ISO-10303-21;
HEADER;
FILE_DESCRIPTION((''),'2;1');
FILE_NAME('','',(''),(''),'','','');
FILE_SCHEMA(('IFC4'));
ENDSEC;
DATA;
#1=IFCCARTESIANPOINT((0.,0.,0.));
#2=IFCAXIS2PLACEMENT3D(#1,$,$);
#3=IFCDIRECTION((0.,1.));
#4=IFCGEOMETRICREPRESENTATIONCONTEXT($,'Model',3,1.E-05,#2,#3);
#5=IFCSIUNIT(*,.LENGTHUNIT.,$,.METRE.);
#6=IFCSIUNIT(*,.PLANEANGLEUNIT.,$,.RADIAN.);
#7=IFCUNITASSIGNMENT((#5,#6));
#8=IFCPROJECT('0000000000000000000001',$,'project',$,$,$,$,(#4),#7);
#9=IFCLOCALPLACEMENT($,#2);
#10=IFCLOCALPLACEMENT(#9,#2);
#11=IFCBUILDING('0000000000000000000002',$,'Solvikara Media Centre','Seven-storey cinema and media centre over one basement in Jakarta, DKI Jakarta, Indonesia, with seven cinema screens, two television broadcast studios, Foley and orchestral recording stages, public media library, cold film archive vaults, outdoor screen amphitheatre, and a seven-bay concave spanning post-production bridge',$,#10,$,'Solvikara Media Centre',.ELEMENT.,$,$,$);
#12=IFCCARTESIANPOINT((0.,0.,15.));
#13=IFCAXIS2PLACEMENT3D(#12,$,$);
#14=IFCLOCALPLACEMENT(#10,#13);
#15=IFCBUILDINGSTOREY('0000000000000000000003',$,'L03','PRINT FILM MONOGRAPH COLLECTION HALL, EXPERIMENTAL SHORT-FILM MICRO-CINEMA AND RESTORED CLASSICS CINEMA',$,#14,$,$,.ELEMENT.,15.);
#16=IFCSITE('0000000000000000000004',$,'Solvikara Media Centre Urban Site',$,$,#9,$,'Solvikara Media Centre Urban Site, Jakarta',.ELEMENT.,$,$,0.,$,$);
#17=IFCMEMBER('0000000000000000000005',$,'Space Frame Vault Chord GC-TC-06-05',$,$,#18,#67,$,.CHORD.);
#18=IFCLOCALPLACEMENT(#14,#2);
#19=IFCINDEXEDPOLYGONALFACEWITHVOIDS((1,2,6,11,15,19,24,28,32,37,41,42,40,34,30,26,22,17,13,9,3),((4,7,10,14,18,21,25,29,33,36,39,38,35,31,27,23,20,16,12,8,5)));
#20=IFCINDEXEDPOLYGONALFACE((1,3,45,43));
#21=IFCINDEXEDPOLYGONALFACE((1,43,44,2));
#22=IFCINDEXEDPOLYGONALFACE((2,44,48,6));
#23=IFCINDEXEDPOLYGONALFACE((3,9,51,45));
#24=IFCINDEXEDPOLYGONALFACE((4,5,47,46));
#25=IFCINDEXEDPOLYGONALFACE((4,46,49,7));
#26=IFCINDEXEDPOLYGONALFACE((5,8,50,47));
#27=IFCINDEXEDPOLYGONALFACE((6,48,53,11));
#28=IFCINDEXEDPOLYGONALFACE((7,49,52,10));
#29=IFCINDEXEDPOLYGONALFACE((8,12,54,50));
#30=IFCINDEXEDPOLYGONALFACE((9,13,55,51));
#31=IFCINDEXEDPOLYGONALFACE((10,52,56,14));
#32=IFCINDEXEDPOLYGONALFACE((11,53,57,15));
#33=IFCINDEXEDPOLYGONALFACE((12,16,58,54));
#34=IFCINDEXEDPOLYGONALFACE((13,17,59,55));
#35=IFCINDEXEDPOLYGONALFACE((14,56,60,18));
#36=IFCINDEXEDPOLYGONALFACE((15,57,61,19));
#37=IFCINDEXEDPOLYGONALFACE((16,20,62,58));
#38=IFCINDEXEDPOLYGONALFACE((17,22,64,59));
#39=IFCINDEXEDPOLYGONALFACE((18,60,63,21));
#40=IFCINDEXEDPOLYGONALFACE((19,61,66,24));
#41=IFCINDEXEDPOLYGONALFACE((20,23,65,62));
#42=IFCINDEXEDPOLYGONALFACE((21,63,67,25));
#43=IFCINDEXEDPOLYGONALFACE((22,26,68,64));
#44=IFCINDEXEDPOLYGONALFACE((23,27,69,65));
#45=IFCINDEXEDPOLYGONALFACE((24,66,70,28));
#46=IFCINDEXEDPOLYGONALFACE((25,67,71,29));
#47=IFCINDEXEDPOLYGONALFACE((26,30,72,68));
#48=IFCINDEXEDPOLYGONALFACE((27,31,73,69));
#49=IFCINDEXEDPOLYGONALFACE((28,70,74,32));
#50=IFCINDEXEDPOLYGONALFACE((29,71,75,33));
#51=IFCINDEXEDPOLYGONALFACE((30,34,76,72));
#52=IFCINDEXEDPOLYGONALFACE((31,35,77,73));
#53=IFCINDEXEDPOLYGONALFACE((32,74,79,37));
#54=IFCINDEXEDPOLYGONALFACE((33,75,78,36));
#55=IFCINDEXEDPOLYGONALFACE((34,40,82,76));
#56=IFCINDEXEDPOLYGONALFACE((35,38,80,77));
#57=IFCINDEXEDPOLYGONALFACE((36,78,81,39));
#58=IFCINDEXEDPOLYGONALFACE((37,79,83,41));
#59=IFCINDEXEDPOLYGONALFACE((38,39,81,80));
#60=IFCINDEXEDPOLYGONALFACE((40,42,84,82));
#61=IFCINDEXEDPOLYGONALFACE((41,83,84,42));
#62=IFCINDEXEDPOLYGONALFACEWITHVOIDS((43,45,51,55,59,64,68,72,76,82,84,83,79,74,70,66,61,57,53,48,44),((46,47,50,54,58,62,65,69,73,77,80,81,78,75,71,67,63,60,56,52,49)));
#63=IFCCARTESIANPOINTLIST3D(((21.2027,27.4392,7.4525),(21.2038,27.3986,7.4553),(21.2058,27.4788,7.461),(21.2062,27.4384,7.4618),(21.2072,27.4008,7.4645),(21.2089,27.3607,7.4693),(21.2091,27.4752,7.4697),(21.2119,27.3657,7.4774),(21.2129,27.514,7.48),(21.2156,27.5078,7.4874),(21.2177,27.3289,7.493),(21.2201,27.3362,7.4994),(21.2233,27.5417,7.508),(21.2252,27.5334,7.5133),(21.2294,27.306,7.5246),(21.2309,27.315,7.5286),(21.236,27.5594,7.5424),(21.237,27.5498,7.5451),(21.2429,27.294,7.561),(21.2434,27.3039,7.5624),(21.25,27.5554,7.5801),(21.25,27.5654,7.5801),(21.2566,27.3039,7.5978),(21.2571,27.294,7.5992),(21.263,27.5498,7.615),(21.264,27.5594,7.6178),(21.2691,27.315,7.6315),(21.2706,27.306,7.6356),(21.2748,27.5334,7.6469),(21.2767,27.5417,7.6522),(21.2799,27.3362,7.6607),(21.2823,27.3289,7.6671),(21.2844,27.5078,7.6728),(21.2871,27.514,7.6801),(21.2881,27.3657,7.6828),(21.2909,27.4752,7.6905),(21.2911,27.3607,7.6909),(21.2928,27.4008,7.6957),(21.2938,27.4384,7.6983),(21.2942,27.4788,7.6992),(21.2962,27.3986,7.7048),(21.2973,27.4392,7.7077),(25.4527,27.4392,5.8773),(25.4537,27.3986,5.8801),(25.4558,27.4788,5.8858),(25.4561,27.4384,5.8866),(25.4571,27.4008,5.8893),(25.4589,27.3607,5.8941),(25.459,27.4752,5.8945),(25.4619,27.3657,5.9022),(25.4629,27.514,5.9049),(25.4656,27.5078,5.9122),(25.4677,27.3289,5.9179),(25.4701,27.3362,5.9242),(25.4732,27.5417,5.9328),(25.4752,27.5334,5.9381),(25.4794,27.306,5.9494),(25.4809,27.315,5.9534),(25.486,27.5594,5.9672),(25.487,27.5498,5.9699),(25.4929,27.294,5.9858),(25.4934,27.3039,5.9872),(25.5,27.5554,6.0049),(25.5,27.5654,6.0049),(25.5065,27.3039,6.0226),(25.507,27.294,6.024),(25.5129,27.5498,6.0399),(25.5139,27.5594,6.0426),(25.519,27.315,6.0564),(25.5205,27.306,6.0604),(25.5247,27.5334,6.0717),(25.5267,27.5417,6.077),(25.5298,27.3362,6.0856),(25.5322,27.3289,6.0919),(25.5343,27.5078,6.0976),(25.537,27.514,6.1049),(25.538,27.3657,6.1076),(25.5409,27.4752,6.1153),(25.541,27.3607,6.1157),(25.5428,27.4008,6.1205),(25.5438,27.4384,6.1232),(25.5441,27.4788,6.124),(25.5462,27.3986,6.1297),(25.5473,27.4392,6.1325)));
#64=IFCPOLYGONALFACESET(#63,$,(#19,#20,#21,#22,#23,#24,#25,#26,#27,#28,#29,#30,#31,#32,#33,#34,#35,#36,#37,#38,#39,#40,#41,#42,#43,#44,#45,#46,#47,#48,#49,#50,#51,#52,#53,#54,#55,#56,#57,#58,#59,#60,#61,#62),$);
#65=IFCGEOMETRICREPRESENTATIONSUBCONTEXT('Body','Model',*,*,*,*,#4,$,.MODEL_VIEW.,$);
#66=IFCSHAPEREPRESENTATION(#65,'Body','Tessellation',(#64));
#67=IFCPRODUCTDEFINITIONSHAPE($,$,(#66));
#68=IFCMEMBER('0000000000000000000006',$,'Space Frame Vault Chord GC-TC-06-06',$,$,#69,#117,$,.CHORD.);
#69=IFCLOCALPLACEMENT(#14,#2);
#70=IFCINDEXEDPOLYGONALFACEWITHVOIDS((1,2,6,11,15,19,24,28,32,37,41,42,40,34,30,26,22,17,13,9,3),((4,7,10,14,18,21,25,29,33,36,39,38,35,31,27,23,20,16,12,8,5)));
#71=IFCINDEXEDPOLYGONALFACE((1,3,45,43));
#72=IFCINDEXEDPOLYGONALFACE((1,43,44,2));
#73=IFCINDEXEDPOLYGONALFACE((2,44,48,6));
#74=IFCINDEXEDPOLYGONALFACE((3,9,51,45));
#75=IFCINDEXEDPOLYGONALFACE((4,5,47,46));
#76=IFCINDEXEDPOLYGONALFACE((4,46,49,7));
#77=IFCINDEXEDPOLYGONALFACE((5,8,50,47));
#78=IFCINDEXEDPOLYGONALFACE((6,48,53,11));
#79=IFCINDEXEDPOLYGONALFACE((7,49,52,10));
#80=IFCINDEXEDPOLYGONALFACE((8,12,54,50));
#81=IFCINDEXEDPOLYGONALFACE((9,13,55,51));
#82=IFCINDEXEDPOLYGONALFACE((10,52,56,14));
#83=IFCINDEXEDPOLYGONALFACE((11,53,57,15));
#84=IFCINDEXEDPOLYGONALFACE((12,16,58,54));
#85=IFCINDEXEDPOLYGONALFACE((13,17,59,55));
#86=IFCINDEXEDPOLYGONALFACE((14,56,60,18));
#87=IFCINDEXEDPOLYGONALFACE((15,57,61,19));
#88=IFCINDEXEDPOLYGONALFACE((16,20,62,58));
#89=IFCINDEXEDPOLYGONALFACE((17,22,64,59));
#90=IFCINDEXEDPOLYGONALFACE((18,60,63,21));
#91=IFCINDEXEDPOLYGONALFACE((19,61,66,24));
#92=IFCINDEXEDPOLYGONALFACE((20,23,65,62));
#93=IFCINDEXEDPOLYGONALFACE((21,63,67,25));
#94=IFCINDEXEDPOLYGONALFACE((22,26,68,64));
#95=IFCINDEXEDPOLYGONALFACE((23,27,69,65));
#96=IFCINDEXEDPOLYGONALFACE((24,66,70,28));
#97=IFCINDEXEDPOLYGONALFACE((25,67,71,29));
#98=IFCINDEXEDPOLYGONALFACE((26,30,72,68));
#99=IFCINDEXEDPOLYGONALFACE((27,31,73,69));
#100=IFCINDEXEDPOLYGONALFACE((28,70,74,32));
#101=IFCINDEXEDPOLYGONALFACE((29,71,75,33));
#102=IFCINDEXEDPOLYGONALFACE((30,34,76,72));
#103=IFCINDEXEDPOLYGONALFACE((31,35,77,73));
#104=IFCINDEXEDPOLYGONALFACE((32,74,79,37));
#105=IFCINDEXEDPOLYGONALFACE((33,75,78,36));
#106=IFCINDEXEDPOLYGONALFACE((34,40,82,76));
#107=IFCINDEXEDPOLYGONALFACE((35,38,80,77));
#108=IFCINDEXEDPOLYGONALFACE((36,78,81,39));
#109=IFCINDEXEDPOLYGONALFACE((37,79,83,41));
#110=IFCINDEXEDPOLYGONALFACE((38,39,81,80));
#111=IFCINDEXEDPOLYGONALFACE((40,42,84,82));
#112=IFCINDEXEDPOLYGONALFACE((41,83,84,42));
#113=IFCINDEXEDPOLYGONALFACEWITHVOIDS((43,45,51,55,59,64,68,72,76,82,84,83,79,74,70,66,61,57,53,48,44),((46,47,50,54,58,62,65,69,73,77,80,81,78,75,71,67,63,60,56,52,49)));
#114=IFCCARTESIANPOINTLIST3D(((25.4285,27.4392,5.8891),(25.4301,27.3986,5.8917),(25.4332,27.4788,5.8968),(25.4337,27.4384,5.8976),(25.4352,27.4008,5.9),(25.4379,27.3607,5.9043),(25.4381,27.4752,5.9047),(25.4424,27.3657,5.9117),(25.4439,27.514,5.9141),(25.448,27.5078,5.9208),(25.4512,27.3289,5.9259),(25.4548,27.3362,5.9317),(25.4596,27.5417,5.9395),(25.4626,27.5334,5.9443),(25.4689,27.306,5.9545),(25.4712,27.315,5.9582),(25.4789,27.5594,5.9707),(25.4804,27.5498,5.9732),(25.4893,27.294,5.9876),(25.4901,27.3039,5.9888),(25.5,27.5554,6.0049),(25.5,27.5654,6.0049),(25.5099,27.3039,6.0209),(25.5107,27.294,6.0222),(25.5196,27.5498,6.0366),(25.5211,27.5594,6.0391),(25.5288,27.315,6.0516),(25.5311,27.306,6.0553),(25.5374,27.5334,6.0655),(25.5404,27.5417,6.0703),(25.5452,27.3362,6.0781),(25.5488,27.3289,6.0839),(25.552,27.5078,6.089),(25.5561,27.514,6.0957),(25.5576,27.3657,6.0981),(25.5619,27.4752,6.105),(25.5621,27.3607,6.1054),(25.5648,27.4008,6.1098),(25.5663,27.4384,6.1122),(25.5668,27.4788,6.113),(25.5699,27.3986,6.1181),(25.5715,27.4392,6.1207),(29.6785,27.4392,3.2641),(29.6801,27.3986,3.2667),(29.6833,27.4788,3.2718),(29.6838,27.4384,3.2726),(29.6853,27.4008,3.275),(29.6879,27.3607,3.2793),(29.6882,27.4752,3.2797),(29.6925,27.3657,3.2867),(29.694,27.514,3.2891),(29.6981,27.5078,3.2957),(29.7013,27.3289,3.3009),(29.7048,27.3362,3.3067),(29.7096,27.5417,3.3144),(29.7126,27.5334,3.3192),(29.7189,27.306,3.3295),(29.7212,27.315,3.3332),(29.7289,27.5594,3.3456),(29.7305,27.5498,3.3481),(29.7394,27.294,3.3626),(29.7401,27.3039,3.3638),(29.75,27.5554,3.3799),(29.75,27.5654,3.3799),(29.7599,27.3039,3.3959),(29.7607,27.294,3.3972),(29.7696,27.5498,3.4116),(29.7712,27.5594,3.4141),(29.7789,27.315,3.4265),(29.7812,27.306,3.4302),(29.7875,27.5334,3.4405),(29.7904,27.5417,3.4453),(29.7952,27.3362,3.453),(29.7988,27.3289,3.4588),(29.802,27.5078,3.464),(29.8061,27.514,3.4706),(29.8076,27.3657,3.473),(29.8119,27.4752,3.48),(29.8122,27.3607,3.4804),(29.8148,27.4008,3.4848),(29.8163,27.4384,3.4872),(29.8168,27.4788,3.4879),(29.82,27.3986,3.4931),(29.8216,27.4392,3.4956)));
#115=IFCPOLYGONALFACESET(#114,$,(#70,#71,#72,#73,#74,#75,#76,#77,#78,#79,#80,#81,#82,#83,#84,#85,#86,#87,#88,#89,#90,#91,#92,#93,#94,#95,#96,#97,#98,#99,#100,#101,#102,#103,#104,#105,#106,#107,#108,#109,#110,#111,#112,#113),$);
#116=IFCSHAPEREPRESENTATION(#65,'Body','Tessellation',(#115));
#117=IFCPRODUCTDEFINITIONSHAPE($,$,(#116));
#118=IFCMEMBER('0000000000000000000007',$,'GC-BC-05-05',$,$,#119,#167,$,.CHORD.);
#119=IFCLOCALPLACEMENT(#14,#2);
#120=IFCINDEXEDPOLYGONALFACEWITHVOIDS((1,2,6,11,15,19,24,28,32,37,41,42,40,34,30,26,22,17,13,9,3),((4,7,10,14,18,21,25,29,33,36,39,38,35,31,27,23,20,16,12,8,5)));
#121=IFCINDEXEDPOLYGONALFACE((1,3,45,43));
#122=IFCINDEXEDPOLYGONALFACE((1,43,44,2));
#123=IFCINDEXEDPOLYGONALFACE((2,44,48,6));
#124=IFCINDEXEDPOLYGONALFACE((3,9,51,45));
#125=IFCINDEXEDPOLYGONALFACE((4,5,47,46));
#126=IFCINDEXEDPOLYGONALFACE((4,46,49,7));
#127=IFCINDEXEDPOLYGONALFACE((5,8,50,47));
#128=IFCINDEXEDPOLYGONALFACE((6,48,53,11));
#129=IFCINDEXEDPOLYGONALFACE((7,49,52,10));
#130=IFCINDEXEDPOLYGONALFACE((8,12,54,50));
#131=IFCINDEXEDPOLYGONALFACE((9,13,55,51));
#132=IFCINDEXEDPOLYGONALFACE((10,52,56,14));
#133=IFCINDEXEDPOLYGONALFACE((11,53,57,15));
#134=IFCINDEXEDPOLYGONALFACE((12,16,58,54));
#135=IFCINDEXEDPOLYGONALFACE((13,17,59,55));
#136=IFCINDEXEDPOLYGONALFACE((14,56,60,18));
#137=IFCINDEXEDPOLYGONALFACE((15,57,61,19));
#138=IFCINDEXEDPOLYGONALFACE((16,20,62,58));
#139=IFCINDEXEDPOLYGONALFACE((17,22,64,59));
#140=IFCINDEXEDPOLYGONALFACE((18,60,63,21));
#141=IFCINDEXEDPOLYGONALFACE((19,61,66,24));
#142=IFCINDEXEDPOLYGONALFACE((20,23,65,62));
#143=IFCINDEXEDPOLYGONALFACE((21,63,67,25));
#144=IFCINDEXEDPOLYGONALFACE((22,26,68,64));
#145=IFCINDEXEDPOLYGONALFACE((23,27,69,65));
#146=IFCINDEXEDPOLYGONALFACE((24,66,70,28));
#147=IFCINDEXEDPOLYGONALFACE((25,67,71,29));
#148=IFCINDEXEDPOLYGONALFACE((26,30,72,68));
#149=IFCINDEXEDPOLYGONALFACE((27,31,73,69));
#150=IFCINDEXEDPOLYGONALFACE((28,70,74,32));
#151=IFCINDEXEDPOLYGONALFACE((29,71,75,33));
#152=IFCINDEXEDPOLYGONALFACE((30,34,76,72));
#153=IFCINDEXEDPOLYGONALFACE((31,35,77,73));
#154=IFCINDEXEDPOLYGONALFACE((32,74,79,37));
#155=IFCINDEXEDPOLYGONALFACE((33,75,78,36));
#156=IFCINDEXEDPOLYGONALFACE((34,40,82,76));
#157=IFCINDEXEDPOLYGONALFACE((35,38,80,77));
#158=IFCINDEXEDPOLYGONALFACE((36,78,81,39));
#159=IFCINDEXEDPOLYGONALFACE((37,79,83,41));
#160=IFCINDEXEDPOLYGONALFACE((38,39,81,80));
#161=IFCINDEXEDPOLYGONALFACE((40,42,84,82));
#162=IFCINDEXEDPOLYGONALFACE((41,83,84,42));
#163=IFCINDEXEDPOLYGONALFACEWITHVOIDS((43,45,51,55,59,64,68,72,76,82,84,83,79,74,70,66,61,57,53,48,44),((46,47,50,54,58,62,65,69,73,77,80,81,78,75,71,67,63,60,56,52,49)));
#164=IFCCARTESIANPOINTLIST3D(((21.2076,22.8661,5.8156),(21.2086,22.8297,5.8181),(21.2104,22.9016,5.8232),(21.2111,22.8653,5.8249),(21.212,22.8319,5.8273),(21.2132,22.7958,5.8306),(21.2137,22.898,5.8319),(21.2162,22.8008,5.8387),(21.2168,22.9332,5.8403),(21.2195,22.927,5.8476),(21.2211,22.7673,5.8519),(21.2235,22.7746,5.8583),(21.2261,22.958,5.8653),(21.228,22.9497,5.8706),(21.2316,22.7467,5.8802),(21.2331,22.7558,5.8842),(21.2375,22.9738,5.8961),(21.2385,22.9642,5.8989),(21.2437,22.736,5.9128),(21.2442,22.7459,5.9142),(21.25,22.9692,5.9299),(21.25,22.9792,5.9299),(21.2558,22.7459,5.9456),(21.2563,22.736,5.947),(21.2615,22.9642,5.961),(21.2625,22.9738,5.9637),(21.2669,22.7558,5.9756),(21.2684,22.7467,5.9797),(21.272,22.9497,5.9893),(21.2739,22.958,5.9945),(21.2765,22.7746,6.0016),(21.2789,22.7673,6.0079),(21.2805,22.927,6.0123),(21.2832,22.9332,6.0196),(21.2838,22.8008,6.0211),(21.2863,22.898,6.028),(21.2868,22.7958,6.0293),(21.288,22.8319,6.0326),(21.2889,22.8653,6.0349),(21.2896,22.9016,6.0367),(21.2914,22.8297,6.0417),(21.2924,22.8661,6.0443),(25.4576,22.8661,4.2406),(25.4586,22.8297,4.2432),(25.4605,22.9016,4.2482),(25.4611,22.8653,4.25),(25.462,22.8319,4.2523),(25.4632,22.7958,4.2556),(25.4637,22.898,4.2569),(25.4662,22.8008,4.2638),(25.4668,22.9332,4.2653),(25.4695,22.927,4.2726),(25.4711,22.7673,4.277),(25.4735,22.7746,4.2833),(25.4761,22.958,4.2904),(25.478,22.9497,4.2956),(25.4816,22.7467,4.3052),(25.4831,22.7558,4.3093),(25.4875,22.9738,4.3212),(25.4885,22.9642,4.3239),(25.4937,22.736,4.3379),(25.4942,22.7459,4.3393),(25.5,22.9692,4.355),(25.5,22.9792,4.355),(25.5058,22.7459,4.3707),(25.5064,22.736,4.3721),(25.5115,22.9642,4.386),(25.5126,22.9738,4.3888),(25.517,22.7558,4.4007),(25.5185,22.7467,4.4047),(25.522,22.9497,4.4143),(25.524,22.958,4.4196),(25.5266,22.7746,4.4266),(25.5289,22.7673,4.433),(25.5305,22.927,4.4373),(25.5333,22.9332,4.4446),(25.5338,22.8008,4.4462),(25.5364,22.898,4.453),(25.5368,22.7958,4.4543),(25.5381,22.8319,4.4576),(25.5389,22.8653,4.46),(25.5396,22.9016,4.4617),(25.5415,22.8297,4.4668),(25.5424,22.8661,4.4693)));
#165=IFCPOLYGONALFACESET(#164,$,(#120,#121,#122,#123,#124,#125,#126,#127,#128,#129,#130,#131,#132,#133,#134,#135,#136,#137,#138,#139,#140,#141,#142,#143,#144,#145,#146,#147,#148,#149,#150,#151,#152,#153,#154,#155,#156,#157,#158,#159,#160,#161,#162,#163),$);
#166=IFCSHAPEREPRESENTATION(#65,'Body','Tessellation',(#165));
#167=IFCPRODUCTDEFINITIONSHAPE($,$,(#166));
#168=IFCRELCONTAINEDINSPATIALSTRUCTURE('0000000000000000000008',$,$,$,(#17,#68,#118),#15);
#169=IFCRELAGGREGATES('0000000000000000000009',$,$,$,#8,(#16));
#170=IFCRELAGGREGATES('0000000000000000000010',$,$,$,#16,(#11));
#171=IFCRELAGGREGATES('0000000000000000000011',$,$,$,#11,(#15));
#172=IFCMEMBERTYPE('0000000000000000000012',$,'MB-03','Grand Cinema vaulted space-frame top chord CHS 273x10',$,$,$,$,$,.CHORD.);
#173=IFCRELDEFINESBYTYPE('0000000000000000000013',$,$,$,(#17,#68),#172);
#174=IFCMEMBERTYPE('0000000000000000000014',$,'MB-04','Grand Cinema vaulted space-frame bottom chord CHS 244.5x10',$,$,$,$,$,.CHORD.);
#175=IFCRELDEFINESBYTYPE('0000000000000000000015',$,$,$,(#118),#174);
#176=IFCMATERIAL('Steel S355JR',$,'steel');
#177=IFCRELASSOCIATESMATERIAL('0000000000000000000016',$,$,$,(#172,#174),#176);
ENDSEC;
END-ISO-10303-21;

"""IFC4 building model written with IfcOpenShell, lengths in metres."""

from ifc_helpers import new_model, si_unit, direction, frame, origin, origin_2d, place, context, subcontext, project, spatial, hollow_circle, extrude, material, material_profile, profile_set, type_object, element, save


model = new_model("IFC4")

# Units and contexts
model_context = context("Model", 3, precision=1e-05, world=origin(), true_north=direction((0.0, 1.0)))
body_context = subcontext(model_context, "Body", "Model", "MODEL_VIEW")
ifc_project = project(units=[si_unit("LENGTHUNIT", "METRE"), si_unit("PLANEANGLEUNIT", "RADIAN")], contexts=[model_context])

# Site, building, storey
site_placement = place(None, origin())
site = spatial("IfcSite", under=ifc_project, at=site_placement, Name="Solvikara Media Centre Urban Site", LongName="Solvikara Media Centre Urban Site, Jakarta", CompositionType="ELEMENT", RefElevation=0.0)
building_placement = place(site_placement, origin())
building = spatial("IfcBuilding", under=site, at=building_placement, Name="Solvikara Media Centre", Description="Seven-storey cinema and media centre over one basement in Jakarta, DKI Jakarta, Indonesia, with seven cinema screens, two television broadcast studios, Foley and orchestral recording stages, public media library, cold film archive vaults, outdoor screen amphitheatre, and a seven-bay concave spanning post-production bridge", LongName="Solvikara Media Centre", CompositionType="ELEMENT")
storey_placement = place(building_placement, frame((0.0, 0.0, 15.0)))
storey = spatial("IfcBuildingStorey", under=building, at=storey_placement, Name="L03", Description="PRINT FILM MONOGRAPH COLLECTION HALL, EXPERIMENTAL SHORT-FILM MICRO-CINEMA AND RESTORED CLASSICS CINEMA", CompositionType="ELEMENT", Elevation=15.0)

# Members
ifc_material_1 = material(Name="Steel S355JR", Category="steel")
ifc_material_profile_1 = material_profile(ifc_material_1, hollow_circle(Radius=0.1365, WallThickness=0.01, at=origin_2d()), Name="CHS 273x10")
ifc_profile_set_1 = profile_set([ifc_material_profile_1], Name="Steel S355JR")
member_type_1 = type_object("IfcMemberType", Name="MB-03", Description="Grand Cinema vaulted space-frame top chord CHS 273x10", PredefinedType="CHORD", material=ifc_profile_set_1)
member_1_placement = place(storey_placement, frame((21.25, 27.429, 7.5801), z_axis=(0.937668, 0.0, -0.347532), x_axis=(0.0, 1.0, 0.0)))
element("IfcMember", 1, at=member_1_placement, inside=storey, type_object=member_type_1, Name="Space Frame Vault Chord GC-TC-06-05", PredefinedType="CHORD", context=body_context, shape_type="SweptSolid", body=[
    extrude(hollow_circle(Radius=0.1365, WallThickness=0.01, at=origin_2d()), origin(), (0.0, 0.0, 1.0), 4.5325),
])
member_2_placement = place(storey_placement, frame((25.5, 27.429, 6.0049), z_axis=(0.850798, 0.0, -0.525493), x_axis=(0.0, 1.0, 0.0)))
element("IfcMember", 2, at=member_2_placement, inside=storey, type_object=member_type_1, Name="Space Frame Vault Chord GC-TC-06-06", PredefinedType="CHORD", context=body_context, shape_type="SweptSolid", body=[
    extrude(hollow_circle(Radius=0.1365, WallThickness=0.01, at=origin_2d()), origin(), (0.0, 0.0, 1.0), 4.9954),
])
ifc_material_profile_2 = material_profile(ifc_material_1, hollow_circle(Radius=0.1223, WallThickness=0.01, at=origin_2d()), Name="CHS 244.5x10")
ifc_profile_set_2 = profile_set([ifc_material_profile_2], Name="Steel S355JR")
member_type_2 = type_object("IfcMemberType", Name="MB-04", Description="Grand Cinema vaulted space-frame bottom chord CHS 244.5x10", PredefinedType="CHORD", material=ifc_profile_set_2)
member_3_placement = place(storey_placement, frame((21.25, 22.8569, 5.9299), z_axis=(0.937686, 0.0, -0.347485), x_axis=(0.0, 1.0, 0.0)))
element("IfcMember", 3, at=member_3_placement, inside=storey, type_object=member_type_2, Name="GC-BC-05-05", PredefinedType="CHORD", context=body_context, shape_type="SweptSolid", body=[
    extrude(hollow_circle(Radius=0.1223, WallThickness=0.01, at=origin_2d()), origin(), (0.0, 0.0, 1.0), 4.5325),
])

save(model, "model.ifc")
